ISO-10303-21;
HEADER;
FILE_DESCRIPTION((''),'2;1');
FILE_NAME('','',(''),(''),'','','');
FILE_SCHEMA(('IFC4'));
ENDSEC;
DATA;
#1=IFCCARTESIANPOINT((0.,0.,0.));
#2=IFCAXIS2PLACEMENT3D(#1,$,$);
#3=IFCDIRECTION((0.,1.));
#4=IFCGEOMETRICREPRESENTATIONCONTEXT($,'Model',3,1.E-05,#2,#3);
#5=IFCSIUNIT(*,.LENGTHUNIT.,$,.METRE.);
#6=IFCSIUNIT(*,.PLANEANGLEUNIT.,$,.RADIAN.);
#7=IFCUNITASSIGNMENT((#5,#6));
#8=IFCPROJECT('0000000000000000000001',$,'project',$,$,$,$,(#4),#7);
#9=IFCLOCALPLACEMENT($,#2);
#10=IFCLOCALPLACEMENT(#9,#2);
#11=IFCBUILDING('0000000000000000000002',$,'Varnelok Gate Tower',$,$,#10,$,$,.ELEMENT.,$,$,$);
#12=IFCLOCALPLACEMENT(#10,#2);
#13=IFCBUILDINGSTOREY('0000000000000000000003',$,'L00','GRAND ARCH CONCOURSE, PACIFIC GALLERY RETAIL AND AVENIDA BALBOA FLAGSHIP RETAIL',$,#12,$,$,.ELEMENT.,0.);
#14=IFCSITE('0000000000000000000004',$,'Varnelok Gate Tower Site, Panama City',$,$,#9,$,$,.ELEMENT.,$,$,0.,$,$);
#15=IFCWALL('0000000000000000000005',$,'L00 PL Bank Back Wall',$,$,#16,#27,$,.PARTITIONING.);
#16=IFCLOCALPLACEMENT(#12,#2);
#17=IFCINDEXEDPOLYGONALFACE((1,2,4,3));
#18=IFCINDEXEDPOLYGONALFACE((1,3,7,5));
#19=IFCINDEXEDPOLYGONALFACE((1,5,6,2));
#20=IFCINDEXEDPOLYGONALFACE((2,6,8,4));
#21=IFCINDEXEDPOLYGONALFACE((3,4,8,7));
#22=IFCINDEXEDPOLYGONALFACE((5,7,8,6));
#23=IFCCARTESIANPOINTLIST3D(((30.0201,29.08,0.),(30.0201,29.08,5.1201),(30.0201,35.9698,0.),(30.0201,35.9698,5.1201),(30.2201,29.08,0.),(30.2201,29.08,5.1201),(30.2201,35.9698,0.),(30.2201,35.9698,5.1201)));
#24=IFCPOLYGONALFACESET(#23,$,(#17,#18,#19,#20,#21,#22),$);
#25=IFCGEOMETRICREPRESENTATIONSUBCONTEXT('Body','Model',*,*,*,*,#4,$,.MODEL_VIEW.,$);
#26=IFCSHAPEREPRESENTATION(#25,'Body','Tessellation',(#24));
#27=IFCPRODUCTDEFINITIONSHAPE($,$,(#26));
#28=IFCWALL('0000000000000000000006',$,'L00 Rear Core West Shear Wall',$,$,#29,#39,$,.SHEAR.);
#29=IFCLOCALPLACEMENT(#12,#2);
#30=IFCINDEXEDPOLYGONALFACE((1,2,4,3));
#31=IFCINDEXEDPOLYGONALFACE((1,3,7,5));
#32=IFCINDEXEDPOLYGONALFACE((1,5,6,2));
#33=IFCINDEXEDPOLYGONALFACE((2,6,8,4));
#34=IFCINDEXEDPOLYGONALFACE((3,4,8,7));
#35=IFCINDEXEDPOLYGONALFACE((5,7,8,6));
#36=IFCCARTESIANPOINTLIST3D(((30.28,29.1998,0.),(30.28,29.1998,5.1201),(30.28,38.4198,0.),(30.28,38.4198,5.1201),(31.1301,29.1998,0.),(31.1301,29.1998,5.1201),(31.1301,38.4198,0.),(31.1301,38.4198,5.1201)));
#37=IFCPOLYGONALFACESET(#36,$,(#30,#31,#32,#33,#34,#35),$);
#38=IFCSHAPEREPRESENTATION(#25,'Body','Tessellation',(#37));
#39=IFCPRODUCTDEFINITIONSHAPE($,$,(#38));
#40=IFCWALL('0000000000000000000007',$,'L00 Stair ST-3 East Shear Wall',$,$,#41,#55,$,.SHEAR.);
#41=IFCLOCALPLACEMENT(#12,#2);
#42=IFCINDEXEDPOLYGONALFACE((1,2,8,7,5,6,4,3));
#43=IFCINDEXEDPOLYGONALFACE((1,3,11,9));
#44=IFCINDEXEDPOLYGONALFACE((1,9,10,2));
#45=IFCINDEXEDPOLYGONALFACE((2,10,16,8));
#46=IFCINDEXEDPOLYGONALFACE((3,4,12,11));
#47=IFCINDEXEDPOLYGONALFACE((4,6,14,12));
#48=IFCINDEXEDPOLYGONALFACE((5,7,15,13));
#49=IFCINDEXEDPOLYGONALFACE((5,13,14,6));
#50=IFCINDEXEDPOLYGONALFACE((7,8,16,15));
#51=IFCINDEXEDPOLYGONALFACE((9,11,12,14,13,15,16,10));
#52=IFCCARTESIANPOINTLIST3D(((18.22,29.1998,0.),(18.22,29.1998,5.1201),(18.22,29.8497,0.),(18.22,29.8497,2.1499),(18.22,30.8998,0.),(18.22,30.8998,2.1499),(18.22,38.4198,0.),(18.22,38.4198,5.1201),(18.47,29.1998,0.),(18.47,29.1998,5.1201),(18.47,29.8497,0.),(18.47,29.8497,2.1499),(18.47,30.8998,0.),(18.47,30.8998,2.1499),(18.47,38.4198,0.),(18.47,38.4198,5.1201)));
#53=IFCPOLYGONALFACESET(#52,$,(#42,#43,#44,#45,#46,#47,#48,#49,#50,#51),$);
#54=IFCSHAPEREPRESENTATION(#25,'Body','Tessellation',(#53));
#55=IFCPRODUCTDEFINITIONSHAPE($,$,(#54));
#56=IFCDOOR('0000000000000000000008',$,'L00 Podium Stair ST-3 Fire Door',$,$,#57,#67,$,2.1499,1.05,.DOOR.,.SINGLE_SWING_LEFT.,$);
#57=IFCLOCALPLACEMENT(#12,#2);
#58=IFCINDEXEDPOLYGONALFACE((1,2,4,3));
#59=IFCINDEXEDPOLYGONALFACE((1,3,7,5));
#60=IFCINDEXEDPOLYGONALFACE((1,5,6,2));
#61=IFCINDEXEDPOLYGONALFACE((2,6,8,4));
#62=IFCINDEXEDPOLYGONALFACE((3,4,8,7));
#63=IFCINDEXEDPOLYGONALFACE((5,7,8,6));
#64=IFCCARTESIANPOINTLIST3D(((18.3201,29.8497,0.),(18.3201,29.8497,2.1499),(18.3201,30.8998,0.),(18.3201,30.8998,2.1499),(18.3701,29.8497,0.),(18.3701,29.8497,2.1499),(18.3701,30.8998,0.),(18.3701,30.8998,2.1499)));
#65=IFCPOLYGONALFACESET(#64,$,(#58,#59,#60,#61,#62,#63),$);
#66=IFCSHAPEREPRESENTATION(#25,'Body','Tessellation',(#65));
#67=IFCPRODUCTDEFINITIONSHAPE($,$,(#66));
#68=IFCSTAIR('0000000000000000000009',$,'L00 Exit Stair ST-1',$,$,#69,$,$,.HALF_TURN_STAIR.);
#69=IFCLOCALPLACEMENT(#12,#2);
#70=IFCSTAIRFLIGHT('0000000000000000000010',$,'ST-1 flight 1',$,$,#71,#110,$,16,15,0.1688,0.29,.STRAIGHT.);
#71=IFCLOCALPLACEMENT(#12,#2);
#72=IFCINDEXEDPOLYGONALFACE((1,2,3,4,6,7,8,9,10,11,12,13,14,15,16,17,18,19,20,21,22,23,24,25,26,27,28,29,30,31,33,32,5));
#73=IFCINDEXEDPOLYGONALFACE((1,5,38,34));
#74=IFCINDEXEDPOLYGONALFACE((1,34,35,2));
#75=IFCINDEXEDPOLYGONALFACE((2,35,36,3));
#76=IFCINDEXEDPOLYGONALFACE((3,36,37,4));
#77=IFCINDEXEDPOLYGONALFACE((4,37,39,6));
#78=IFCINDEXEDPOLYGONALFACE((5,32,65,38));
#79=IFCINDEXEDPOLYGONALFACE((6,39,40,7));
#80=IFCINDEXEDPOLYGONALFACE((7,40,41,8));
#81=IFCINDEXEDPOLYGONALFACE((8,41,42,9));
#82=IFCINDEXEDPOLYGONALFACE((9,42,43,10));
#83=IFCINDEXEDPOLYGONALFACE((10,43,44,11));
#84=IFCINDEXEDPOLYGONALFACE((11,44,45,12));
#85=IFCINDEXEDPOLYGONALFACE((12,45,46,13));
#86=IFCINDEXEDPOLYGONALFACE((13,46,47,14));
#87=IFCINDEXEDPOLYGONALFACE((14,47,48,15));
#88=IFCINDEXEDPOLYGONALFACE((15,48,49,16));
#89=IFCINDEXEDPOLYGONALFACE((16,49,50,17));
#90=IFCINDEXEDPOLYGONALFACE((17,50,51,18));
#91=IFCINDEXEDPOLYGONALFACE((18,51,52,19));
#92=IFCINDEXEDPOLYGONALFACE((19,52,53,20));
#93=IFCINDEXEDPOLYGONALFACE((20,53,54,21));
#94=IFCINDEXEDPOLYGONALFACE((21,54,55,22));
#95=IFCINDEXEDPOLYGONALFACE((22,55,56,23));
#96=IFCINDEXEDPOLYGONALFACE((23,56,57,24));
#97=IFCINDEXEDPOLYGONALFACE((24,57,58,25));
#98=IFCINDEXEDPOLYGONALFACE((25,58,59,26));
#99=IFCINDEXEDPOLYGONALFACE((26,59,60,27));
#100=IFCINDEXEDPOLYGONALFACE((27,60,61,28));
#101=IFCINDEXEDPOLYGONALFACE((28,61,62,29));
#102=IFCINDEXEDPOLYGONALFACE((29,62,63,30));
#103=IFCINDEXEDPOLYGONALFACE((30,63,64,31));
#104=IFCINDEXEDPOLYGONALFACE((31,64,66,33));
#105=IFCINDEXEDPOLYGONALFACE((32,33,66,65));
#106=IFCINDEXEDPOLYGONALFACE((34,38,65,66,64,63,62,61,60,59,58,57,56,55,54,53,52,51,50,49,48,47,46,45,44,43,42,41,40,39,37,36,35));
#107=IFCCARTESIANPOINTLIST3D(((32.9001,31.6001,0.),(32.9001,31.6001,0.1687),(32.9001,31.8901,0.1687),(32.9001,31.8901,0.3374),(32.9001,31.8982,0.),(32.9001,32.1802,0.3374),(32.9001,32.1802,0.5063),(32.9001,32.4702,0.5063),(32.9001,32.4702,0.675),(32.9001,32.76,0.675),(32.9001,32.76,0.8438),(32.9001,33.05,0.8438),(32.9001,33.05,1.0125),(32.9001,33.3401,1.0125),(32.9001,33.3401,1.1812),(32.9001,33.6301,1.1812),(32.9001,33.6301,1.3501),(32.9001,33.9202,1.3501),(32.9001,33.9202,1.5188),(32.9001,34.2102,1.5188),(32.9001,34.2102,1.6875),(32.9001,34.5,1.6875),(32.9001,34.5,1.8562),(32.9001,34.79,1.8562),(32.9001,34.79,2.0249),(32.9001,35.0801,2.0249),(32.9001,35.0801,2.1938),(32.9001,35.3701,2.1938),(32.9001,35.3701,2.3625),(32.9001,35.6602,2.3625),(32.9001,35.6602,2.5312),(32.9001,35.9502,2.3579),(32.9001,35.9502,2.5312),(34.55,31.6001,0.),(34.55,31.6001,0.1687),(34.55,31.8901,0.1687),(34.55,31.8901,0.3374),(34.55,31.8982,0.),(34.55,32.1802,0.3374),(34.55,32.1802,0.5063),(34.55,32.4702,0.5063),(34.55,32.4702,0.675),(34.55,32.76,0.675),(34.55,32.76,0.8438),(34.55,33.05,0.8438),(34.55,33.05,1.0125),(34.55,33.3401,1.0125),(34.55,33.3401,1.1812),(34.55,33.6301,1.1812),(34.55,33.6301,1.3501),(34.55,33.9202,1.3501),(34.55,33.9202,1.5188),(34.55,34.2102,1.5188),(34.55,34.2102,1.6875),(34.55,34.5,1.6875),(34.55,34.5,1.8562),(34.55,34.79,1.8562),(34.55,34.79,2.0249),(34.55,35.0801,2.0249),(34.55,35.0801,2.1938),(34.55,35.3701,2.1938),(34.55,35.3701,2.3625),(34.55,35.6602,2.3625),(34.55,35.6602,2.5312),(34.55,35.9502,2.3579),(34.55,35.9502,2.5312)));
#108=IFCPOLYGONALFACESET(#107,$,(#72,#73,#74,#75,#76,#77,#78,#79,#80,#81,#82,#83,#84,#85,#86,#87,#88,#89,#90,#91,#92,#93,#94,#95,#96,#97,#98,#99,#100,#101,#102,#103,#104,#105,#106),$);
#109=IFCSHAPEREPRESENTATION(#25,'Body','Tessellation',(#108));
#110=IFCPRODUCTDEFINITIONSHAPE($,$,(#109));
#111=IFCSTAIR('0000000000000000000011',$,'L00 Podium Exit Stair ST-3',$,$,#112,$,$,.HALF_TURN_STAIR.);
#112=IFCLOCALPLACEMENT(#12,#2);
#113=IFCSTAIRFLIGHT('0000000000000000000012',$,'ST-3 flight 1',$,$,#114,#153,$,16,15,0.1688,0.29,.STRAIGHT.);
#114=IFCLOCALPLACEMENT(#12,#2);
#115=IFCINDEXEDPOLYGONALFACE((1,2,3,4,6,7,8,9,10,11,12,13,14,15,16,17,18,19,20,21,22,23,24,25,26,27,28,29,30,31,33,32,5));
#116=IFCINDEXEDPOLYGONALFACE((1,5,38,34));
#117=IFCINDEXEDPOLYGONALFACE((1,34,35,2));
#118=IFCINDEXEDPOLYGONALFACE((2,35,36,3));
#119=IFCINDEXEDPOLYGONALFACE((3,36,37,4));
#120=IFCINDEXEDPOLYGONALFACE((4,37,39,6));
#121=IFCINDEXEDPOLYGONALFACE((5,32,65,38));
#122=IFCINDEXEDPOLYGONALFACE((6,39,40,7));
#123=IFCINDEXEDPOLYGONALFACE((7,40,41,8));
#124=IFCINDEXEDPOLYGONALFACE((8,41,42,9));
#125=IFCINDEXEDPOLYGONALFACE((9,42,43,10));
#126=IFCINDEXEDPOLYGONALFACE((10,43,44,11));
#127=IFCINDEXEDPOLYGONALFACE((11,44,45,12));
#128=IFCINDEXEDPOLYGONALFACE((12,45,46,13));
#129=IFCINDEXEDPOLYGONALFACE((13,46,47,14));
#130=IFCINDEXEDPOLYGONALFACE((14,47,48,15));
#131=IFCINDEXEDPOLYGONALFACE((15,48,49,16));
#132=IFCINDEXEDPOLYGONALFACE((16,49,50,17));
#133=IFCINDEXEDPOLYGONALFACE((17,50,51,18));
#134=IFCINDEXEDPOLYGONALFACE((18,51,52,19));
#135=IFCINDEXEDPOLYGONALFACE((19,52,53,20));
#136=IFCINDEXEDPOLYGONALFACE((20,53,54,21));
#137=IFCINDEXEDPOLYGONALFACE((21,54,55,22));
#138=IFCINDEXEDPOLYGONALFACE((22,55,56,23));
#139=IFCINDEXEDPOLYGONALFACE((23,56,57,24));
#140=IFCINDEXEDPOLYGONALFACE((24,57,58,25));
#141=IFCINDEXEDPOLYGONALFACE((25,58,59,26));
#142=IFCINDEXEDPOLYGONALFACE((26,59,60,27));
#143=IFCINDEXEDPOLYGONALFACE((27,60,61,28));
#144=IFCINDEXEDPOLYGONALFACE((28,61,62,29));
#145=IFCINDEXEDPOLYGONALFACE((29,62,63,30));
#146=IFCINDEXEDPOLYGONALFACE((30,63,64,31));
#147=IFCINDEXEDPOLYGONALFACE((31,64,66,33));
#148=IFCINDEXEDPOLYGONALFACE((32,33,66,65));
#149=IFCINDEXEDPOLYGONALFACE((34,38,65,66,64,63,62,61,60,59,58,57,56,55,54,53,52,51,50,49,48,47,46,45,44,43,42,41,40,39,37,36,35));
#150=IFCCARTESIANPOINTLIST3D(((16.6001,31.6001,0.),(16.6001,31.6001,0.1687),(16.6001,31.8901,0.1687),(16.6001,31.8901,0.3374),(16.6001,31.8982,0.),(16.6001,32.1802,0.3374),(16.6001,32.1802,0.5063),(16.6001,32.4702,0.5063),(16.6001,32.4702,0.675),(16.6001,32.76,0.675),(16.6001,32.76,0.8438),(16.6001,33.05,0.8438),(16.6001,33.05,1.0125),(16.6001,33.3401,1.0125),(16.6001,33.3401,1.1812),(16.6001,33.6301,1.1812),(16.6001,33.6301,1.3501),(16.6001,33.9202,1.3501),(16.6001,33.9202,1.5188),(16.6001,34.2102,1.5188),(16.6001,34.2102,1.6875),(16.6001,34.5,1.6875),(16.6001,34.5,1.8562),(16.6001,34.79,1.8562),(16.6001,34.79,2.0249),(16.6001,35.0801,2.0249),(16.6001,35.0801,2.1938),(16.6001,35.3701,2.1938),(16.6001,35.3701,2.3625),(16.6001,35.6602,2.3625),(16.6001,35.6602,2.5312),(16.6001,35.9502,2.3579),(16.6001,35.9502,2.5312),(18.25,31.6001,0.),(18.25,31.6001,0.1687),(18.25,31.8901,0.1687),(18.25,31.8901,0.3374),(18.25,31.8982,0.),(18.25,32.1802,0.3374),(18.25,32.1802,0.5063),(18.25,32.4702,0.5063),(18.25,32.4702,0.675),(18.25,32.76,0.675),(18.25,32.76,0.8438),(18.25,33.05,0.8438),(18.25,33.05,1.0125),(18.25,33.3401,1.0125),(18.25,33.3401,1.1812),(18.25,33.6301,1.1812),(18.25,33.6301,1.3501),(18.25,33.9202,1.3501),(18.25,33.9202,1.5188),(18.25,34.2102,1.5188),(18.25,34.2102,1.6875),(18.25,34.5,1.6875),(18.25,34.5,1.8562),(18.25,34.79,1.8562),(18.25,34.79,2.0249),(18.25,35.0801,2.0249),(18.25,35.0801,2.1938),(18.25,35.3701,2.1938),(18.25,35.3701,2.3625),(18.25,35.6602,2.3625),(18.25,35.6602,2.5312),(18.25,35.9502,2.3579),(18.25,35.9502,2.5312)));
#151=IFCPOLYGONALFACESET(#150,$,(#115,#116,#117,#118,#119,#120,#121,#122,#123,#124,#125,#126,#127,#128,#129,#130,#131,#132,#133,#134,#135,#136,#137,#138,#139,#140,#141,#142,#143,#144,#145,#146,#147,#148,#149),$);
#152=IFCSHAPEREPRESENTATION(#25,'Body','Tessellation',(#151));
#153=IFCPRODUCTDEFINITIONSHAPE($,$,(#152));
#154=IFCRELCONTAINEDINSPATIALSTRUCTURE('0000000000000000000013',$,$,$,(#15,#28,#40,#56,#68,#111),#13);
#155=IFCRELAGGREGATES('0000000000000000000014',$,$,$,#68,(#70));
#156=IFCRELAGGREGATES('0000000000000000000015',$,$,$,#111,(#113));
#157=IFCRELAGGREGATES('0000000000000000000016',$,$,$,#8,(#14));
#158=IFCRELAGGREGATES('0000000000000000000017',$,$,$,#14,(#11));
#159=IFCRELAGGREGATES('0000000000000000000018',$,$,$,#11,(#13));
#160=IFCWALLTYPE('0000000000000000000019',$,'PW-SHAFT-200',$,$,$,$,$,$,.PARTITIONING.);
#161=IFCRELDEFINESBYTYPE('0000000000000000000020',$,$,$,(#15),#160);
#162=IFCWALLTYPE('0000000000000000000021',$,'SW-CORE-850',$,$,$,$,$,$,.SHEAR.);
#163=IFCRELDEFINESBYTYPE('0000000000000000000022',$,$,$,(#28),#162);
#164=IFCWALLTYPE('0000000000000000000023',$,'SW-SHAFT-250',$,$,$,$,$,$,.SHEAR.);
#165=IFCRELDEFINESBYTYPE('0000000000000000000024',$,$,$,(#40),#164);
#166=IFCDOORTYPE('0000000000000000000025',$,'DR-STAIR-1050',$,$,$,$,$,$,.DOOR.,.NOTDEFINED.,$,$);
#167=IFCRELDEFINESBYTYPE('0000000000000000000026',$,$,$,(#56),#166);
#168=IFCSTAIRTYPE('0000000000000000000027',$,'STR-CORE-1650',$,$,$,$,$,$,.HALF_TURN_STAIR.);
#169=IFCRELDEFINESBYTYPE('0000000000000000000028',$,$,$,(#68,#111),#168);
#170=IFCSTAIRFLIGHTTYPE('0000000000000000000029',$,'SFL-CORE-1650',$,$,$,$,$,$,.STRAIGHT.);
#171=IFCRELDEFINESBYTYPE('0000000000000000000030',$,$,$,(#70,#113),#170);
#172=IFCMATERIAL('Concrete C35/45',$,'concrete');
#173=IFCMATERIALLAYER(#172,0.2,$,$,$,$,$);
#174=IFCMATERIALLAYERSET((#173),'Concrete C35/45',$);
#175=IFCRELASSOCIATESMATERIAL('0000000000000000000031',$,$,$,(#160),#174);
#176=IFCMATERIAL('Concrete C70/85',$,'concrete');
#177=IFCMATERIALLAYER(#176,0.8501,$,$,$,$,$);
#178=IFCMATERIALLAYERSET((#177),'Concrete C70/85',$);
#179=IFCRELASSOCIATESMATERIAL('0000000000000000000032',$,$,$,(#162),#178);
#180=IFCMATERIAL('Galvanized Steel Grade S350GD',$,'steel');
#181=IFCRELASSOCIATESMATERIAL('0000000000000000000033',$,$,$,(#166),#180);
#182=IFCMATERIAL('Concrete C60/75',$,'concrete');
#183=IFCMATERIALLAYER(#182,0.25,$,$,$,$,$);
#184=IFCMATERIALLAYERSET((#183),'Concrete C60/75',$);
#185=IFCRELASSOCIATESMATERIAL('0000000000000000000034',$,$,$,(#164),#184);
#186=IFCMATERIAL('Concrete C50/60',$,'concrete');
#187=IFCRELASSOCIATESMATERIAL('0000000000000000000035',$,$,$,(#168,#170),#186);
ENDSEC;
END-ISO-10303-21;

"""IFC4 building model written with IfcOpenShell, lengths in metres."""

from ifc_helpers import new_model, si_unit, direction, frame, frame_2d, origin, place, context, subcontext, project, spatial, polyline, rectangle, outline, extrude, material, layer, layer_set, type_object, element, fill, aggregate, save


model = new_model("IFC4")

# Units and contexts
model_context = context("Model", 3, precision=1e-05, world=origin(), true_north=direction((0.0, 1.0)))
body_context = subcontext(model_context, "Body", "Model", "MODEL_VIEW")
ifc_project = project(units=[si_unit("LENGTHUNIT", "METRE"), si_unit("PLANEANGLEUNIT", "RADIAN")], contexts=[model_context])

# Site, building, storey
site_placement = place(None, origin())
site = spatial("IfcSite", under=ifc_project, at=site_placement, Name="Varnelok Gate Tower Site, Panama City", CompositionType="ELEMENT", RefElevation=0.0)
building_placement = place(site_placement, origin())
building = spatial("IfcBuilding", under=site, at=building_placement, Name="Varnelok Gate Tower", CompositionType="ELEMENT")
storey_placement = place(building_placement, origin())
storey = spatial("IfcBuildingStorey", under=building, at=storey_placement, Name="L00", Description="GRAND ARCH CONCOURSE, PACIFIC GALLERY RETAIL AND AVENIDA BALBOA FLAGSHIP RETAIL", CompositionType="ELEMENT", Elevation=0.0)

# Shared definitions
ifc_material_1 = material(Name="Concrete C70/85", Category="concrete")

# Wall
ifc_material_2 = material(Name="Concrete C35/45", Category="concrete")
ifc_layer_1 = layer(ifc_material_2, 0.2)
ifc_layer_set_1 = layer_set([ifc_layer_1], Name="Concrete C35/45")
wall_type_1 = type_object("IfcWallType", Name="PW-SHAFT-200", PredefinedType="PARTITIONING", material=ifc_layer_set_1)
wall_1_placement = place(storey_placement, frame((30.1201, 29.0801, 0.0), z_axis=(0.0, 0.0, 1.0), x_axis=(0.0, 1.0, 0.0)))
element("IfcWall", 1, at=wall_1_placement, inside=storey, type_object=wall_type_1, Name="L00 PL Bank Back Wall", PredefinedType="PARTITIONING", context=body_context, shape_type="SweptSolid", body=[
    extrude(rectangle(XDim=6.8899, YDim=0.2, at=frame_2d((3.4448, 0.0))), origin(), (0.0, 0.0, 1.0), 5.1201),
])

# Shared definitions
ifc_material_3 = material(Name="Galvanized Steel Grade S350GD", Category="steel")

# Wall
ifc_layer_2 = layer(ifc_material_1, 0.8501)
ifc_layer_set_2 = layer_set([ifc_layer_2], Name="Concrete C70/85")
wall_type_2 = type_object("IfcWallType", Name="SW-CORE-850", PredefinedType="SHEAR", material=ifc_layer_set_2)
wall_2_placement = place(storey_placement, frame((30.7051, 29.2, 0.0), z_axis=(0.0, 0.0, 1.0), x_axis=(0.0, 1.0, 0.0)))
element("IfcWall", 2, at=wall_2_placement, inside=storey, type_object=wall_type_2, Name="L00 Rear Core West Shear Wall", PredefinedType="SHEAR", context=body_context, shape_type="SweptSolid", body=[
    extrude(rectangle(XDim=9.22, YDim=0.8501, at=frame_2d((4.6099, 0.0))), origin(), (0.0, 0.0, 1.0), 5.1201),
])

# Wall, opening, door
door_type_1 = type_object("IfcDoorType", Name="DR-STAIR-1050", OperationType="NOTDEFINED", PredefinedType="DOOR", material=ifc_material_3)
ifc_material_4 = material(Name="Concrete C60/75", Category="concrete")
ifc_layer_3 = layer(ifc_material_4, 0.25)
ifc_layer_set_3 = layer_set([ifc_layer_3], Name="Concrete C60/75")
wall_type_3 = type_object("IfcWallType", Name="SW-SHAFT-250", PredefinedType="SHEAR", material=ifc_layer_set_3)
wall_3_placement = place(storey_placement, frame((18.345, 29.2, 0.0), z_axis=(0.0, 0.0, 1.0), x_axis=(0.0, 1.0, 0.0)))
wall_3 = element("IfcWall", 3, at=wall_3_placement, inside=storey, type_object=wall_type_3, Name="L00 Stair ST-3 East Shear Wall", PredefinedType="SHEAR", context=body_context, shape_type="SweptSolid", body=[
    extrude(rectangle(XDim=9.22, YDim=0.25, at=frame_2d((4.6099, 0.0))), origin(), (0.0, 0.0, 1.0), 5.1201),
])
opening_1_placement = place(wall_3_placement, frame((0.6499, 0.0, 0.0)))
opening_1 = element("IfcOpeningElement", 4, at=opening_1_placement, cuts=wall_3, PredefinedType="OPENING", context=body_context, shape_type="SweptSolid", body=[
    extrude(rectangle(XDim=1.05, YDim=2.1499, at=frame_2d((0.5249, 1.075))), frame((0.0, 0.135, 0.0), z_axis=(0.0, -1.0, 0.0), x_axis=(1.0, 0.0, 0.0)), (0.0, 0.0, 1.0), 0.27),
])
door_1_placement = place(opening_1_placement, origin())
door_1 = element("IfcDoor", 5, at=door_1_placement, inside=storey, type_object=door_type_1, Name="L00 Podium Stair ST-3 Fire Door", OperationType="SINGLE_SWING_LEFT", OverallHeight=2.1499, OverallWidth=1.05, PredefinedType="DOOR", context=body_context, shape_type="SweptSolid", body=[
    extrude(rectangle(XDim=1.05, YDim=2.1499, at=frame_2d((0.5249, 1.075))), frame((0.0, 0.0249, 0.0), z_axis=(0.0, -1.0, 0.0), x_axis=(1.0, 0.0, 0.0)), (0.0, 0.0, 1.0), 0.05),
])
fill(opening_1, door_1)

# Stairs, stair flights
ifc_material_5 = material(Name="Concrete C50/60", Category="concrete")
stair_type = type_object("IfcStairType", Name="STR-CORE-1650", PredefinedType="HALF_TURN_STAIR", material=ifc_material_5)
stair_1_placement = place(storey_placement, origin())
stair_1 = element("IfcStair", 6, at=stair_1_placement, inside=storey, type_object=stair_type, Name="L00 Exit Stair ST-1", PredefinedType="HALF_TURN_STAIR")
stair_flight_type = type_object("IfcStairFlightType", Name="SFL-CORE-1650", PredefinedType="STRAIGHT", material=ifc_material_5)
stair_flight_1_placement = place(storey_placement, frame((33.7251, 31.6001, 0.0), z_axis=(0.0, 0.0, 1.0), x_axis=(0.0, 1.0, 0.0)))
stair_flight_1 = element("IfcStairFlight", 7, at=stair_flight_1_placement, type_object=stair_flight_type, Name="ST-1 flight 1", NumberOfRisers=16, NumberOfTreads=15, PredefinedType="STRAIGHT", RiserHeight=0.1688, TreadLength=0.29, context=body_context, shape_type="SweptSolid", body=[
    extrude(outline(polyline([(0.0, 0.0), (0.0, 0.1687), (0.29, 0.1687), (0.29, 0.3374), (0.5801, 0.3374), (0.5801, 0.5063), (0.8701, 0.5063), (0.8701, 0.675), (1.1599, 0.675), (1.1599, 0.8438), (1.45, 0.8438), (1.45, 1.0125), (1.74, 1.0125), (1.74, 1.1812), (2.03, 1.1812), (2.03, 1.3501), (2.3201, 1.3501), (2.3201, 1.5188), (2.6101, 1.5188), (2.6101, 1.6875), (2.8999, 1.6875), (2.8999, 1.8562), (3.1899, 1.8562), (3.1899, 2.0249), (3.48, 2.0249), (3.48, 2.1938), (3.77, 2.1938), (3.77, 2.3625), (4.0601, 2.3625), (4.0601, 2.5312), (4.3501, 2.5312), (4.3501, 2.7), (4.3501, 2.3579), (0.2981, 0.0), (0.0, 0.0)])), frame((0.0, 0.825, 0.0), z_axis=(0.0, -1.0, 0.0), x_axis=(1.0, 0.0, 0.0)), (0.0, 0.0, 1.0), 1.6499),
])
aggregate(stair_1, [stair_flight_1])
stair_2_placement = place(storey_placement, origin())
stair_2 = element("IfcStair", 8, at=stair_2_placement, inside=storey, type_object=stair_type, Name="L00 Podium Exit Stair ST-3", PredefinedType="HALF_TURN_STAIR")
stair_flight_2_placement = place(storey_placement, frame((17.425, 31.6001, 0.0), z_axis=(0.0, 0.0, 1.0), x_axis=(0.0, 1.0, 0.0)))
stair_flight_2 = element("IfcStairFlight", 9, at=stair_flight_2_placement, type_object=stair_flight_type, Name="ST-3 flight 1", NumberOfRisers=16, NumberOfTreads=15, PredefinedType="STRAIGHT", RiserHeight=0.1688, TreadLength=0.29, context=body_context, shape_type="SweptSolid", body=[
    extrude(outline(polyline([(0.0, 0.0), (0.0, 0.1687), (0.29, 0.1687), (0.29, 0.3374), (0.5801, 0.3374), (0.5801, 0.5063), (0.8701, 0.5063), (0.8701, 0.675), (1.1599, 0.675), (1.1599, 0.8438), (1.45, 0.8438), (1.45, 1.0125), (1.74, 1.0125), (1.74, 1.1812), (2.03, 1.1812), (2.03, 1.3501), (2.3201, 1.3501), (2.3201, 1.5188), (2.6101, 1.5188), (2.6101, 1.6875), (2.8999, 1.6875), (2.8999, 1.8562), (3.1899, 1.8562), (3.1899, 2.0249), (3.48, 2.0249), (3.48, 2.1938), (3.77, 2.1938), (3.77, 2.3625), (4.0601, 2.3625), (4.0601, 2.5312), (4.3501, 2.5312), (4.3501, 2.7), (4.3501, 2.3579), (0.2981, 0.0), (0.0, 0.0)])), frame((0.0, 0.825, 0.0), z_axis=(0.0, -1.0, 0.0), x_axis=(1.0, 0.0, 0.0)), (0.0, 0.0, 1.0), 1.6499),
])
aggregate(stair_2, [stair_flight_2])

save(model, "model.ifc")
